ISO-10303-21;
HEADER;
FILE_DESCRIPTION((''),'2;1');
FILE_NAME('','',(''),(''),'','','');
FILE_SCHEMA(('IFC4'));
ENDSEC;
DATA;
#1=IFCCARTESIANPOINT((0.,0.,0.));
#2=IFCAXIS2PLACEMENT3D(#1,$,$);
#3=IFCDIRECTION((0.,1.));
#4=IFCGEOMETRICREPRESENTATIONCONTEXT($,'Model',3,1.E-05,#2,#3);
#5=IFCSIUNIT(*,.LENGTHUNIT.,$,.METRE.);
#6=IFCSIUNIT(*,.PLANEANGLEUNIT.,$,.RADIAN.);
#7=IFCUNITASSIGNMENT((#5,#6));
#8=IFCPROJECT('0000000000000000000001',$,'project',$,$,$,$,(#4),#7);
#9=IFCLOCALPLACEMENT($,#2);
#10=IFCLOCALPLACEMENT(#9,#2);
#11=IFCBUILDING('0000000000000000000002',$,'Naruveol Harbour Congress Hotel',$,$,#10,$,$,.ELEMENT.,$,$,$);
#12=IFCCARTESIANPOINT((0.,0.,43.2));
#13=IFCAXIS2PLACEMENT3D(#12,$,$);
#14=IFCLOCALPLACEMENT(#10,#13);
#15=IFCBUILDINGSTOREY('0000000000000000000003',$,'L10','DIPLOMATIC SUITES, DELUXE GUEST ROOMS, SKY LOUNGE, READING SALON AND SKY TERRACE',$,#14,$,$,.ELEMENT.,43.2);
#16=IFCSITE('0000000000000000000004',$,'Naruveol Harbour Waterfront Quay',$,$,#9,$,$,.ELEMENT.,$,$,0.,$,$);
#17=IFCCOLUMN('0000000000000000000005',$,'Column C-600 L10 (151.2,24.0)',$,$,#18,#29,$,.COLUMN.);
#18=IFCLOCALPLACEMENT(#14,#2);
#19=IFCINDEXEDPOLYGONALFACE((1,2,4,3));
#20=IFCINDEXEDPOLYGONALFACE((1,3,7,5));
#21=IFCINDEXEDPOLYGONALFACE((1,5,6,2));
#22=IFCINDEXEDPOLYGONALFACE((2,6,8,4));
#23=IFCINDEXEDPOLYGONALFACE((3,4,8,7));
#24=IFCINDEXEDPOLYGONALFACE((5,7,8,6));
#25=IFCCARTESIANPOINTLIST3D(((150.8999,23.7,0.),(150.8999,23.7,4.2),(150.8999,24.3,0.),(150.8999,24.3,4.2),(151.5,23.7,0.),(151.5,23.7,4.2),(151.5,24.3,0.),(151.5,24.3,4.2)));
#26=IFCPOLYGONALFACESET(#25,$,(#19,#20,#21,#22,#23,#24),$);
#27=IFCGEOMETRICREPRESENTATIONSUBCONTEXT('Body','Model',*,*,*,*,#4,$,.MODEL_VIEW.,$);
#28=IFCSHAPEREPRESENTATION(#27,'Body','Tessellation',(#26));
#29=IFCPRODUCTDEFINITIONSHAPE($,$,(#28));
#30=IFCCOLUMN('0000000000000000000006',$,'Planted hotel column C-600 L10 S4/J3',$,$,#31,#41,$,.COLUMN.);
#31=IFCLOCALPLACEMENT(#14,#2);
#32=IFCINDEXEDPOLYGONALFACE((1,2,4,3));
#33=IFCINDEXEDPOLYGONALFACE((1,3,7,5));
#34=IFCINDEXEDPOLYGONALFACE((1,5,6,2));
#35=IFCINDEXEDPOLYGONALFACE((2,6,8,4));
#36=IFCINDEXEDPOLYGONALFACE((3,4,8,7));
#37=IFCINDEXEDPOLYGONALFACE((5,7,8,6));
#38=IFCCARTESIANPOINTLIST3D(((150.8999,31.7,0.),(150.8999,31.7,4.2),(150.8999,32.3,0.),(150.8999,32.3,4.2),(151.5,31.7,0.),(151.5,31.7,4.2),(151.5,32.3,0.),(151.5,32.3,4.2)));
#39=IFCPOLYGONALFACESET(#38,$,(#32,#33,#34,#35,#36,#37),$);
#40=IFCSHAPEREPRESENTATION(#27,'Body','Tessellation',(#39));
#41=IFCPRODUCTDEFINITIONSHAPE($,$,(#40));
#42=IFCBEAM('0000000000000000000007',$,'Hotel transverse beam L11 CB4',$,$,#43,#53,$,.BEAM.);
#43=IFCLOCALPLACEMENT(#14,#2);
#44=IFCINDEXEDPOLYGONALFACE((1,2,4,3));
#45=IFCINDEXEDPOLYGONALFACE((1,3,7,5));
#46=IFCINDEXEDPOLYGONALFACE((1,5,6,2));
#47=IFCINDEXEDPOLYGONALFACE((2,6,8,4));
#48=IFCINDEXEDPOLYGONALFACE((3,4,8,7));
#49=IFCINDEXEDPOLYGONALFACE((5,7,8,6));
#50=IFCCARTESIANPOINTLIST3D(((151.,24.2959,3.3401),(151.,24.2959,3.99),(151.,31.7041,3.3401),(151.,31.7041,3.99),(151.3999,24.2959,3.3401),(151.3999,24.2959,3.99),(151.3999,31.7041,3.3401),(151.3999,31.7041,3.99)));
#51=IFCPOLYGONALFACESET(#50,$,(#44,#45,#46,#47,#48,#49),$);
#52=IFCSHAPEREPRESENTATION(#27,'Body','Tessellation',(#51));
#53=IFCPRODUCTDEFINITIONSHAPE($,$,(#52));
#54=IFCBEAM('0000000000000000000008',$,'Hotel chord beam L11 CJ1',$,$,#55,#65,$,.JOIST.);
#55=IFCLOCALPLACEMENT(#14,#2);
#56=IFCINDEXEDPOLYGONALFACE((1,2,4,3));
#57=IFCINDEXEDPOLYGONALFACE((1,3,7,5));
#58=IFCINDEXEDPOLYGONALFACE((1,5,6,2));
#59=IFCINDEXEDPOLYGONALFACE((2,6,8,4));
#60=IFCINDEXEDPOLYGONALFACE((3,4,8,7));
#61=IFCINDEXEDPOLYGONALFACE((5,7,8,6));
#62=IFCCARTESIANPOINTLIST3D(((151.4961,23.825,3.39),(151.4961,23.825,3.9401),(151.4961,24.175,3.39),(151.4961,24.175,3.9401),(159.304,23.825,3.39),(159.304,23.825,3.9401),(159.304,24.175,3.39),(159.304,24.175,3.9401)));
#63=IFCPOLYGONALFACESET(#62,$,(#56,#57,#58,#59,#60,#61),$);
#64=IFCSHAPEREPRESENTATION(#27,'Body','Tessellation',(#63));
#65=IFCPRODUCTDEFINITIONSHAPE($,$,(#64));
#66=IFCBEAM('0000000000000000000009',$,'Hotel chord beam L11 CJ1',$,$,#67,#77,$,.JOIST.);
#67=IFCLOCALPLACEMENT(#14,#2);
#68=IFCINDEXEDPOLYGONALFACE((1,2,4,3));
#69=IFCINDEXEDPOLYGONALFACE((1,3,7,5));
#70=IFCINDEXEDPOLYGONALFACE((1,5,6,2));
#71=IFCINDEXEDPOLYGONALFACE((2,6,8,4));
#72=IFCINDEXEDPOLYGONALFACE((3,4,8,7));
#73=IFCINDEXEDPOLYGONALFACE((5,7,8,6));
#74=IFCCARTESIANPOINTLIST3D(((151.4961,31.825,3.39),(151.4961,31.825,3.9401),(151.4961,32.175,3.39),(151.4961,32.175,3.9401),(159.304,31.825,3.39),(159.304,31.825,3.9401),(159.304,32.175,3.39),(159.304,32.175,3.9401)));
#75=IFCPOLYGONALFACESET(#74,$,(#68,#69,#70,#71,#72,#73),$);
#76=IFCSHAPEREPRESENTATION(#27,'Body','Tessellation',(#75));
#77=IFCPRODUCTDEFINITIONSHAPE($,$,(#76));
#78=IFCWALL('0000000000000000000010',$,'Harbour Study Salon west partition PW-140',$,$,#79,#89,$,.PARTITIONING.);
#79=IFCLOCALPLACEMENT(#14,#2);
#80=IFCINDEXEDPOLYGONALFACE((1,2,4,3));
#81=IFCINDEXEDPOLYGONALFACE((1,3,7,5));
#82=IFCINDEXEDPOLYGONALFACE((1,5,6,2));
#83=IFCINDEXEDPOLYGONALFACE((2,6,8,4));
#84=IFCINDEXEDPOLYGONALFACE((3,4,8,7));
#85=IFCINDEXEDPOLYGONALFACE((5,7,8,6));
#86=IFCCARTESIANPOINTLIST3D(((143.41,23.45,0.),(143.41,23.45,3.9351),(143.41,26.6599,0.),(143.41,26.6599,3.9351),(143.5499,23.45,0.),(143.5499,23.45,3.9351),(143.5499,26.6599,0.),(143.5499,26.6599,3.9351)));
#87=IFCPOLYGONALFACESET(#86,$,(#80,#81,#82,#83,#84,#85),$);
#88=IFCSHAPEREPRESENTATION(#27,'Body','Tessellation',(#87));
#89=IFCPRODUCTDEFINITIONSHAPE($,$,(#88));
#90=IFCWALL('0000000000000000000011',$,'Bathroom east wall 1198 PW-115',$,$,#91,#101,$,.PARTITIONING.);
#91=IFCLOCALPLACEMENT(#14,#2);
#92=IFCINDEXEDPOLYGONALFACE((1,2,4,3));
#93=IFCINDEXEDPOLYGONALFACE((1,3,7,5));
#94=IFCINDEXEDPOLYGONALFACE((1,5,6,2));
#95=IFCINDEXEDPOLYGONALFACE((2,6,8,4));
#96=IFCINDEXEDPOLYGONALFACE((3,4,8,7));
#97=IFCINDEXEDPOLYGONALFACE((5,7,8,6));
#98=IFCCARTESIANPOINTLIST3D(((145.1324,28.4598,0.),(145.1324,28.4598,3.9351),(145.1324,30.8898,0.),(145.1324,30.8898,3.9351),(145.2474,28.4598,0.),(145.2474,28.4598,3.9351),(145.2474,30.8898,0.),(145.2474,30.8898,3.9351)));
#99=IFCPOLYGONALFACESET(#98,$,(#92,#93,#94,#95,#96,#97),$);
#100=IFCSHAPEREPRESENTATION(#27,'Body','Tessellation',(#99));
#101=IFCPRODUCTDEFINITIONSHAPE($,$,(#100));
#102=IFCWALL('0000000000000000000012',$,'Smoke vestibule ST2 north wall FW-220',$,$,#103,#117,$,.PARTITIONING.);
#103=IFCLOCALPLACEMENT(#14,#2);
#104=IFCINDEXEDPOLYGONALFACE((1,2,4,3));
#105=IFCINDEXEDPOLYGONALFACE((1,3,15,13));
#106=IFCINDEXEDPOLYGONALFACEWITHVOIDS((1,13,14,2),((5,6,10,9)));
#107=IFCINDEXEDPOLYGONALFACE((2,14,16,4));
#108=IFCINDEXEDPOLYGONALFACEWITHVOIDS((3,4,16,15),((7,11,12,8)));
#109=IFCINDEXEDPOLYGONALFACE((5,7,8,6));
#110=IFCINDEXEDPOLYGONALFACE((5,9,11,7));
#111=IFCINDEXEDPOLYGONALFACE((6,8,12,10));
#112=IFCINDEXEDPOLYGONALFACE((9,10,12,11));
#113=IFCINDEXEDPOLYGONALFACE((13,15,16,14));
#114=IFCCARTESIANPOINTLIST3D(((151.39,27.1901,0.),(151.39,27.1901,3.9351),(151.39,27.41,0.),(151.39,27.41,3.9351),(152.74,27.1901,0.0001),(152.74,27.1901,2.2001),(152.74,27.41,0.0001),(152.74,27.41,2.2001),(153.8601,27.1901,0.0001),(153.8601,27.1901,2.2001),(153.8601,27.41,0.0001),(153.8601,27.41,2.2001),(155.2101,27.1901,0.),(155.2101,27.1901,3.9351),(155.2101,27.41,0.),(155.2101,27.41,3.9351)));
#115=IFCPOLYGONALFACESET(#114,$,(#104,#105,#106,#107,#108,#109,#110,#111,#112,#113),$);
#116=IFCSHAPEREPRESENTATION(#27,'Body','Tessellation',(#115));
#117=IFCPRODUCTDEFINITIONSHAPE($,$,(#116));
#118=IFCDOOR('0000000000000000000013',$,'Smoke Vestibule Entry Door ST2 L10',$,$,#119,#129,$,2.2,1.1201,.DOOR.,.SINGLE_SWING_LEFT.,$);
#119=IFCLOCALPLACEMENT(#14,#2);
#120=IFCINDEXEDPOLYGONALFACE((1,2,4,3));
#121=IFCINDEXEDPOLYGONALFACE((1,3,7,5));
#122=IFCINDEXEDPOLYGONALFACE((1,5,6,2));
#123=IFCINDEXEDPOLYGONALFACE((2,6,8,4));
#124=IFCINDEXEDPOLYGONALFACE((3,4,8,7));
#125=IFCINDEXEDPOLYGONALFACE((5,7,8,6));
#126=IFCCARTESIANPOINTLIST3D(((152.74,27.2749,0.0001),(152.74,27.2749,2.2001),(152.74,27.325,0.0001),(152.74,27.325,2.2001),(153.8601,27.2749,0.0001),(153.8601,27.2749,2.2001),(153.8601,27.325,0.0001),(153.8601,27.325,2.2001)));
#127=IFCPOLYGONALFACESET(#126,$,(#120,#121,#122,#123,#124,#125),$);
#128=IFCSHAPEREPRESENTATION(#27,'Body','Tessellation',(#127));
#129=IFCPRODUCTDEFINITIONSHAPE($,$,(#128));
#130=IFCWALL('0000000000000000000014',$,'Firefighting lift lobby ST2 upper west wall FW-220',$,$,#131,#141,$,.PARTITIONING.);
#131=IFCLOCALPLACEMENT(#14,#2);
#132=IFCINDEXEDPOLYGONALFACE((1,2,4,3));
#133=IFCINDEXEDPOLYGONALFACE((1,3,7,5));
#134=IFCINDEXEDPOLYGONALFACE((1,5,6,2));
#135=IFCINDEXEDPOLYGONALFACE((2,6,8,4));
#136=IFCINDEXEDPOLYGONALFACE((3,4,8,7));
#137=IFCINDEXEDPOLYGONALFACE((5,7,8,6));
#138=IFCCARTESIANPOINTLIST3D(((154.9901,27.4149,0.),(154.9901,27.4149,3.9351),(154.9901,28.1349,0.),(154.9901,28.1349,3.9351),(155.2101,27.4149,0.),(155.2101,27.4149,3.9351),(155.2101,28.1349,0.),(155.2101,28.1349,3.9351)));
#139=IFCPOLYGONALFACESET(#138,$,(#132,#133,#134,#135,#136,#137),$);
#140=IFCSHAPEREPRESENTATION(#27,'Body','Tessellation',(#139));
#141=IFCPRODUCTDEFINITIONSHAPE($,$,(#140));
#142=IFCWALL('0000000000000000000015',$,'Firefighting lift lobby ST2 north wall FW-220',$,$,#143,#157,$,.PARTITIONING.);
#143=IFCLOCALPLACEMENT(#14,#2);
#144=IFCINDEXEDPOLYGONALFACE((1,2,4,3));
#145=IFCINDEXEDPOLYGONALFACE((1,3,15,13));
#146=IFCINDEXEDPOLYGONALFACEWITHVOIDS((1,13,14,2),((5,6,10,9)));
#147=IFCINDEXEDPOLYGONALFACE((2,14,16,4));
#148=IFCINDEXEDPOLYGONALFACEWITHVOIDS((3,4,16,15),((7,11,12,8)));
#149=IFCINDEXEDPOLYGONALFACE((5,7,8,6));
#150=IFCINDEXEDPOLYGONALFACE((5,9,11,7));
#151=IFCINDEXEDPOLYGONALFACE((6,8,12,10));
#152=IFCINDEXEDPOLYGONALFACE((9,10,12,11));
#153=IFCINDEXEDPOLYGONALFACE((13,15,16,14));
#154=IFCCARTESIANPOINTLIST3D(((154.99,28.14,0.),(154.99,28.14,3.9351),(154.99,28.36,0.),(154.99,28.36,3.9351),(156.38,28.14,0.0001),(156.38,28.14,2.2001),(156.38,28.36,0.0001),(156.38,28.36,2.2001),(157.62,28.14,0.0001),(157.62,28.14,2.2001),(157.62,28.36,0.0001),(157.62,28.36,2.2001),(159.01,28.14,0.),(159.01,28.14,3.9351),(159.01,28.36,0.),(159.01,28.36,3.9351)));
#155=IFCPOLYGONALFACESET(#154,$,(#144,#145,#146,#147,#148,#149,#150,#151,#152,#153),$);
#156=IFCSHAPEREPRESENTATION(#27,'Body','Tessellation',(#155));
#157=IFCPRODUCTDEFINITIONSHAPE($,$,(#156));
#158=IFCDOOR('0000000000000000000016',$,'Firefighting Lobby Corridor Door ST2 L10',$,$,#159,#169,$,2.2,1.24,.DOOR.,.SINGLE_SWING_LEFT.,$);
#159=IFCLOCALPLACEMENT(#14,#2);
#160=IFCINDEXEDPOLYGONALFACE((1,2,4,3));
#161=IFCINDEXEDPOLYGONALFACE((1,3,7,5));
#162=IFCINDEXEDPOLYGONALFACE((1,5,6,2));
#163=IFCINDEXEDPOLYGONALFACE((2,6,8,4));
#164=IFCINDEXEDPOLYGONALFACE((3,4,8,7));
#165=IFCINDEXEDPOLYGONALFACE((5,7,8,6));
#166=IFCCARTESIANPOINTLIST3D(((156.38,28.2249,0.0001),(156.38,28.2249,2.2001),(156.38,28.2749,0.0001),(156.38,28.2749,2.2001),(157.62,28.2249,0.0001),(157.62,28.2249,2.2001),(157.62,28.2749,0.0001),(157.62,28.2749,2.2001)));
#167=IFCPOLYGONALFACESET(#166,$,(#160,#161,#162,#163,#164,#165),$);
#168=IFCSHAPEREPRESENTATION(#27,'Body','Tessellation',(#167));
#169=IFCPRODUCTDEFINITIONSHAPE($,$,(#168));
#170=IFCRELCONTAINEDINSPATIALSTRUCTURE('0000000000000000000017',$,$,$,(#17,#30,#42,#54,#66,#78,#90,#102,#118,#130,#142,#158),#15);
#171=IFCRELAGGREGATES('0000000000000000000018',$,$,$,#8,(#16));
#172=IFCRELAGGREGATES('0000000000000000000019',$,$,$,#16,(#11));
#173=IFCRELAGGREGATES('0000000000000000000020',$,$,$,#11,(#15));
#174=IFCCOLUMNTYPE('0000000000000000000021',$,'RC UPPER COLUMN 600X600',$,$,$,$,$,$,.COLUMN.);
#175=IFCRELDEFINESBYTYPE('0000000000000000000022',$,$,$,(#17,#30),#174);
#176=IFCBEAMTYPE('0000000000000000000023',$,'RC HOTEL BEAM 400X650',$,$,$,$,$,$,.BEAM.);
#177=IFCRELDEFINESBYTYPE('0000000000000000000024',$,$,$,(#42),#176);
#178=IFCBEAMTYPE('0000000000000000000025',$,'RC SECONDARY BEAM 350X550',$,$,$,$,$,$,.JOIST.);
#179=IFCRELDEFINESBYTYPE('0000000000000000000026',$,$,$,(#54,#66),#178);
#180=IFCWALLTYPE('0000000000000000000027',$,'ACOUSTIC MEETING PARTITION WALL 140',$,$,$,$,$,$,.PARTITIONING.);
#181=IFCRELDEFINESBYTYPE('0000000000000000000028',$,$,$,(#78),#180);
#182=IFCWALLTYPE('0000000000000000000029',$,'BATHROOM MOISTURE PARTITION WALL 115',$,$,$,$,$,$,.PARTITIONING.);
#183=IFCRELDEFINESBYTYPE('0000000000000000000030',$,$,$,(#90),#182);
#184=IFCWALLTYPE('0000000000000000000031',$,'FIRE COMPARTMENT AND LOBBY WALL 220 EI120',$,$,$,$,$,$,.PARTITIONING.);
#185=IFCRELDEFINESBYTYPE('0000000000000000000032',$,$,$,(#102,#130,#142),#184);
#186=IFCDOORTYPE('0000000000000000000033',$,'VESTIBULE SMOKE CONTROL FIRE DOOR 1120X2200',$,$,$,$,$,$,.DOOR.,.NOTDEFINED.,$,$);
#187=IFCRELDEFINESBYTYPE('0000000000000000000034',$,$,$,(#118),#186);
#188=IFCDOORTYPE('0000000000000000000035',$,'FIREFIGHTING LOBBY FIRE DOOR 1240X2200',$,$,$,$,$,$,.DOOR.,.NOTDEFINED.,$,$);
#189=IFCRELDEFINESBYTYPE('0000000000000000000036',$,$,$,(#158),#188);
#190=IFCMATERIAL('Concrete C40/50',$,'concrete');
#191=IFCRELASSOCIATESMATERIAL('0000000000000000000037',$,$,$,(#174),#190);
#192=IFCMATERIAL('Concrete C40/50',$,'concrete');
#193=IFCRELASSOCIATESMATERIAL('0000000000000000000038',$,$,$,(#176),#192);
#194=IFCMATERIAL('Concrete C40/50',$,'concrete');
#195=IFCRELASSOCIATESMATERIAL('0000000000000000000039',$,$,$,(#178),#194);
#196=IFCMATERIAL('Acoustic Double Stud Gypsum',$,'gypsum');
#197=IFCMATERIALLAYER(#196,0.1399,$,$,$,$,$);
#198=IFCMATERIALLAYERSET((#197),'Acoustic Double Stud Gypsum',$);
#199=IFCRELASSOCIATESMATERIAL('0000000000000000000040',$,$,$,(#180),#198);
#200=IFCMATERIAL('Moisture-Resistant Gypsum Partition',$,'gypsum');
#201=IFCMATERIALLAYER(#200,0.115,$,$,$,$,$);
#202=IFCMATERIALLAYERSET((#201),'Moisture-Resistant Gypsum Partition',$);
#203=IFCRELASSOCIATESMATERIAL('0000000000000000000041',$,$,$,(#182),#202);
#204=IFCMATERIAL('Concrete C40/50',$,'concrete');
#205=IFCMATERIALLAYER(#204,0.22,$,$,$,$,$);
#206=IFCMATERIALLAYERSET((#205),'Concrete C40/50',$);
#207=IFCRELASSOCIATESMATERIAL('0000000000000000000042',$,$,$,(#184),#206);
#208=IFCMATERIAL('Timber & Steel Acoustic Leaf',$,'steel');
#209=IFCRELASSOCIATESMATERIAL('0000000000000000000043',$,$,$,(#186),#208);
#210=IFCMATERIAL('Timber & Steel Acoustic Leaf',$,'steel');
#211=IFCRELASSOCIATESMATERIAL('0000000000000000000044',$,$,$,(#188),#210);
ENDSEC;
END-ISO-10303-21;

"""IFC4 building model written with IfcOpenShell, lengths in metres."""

from ifc_helpers import new_model, si_unit, direction, frame, frame_2d, origin, origin_2d, place, context, subcontext, project, spatial, rectangle, extrude, material, layer, layer_set, material_profile, profile_set, type_object, element, fill, save


model = new_model("IFC4")

# Units and contexts
model_context = context("Model", 3, precision=1e-05, world=origin(), true_north=direction((0.0, 1.0)))
body_context = subcontext(model_context, "Body", "Model", "MODEL_VIEW")
ifc_project = project(units=[si_unit("LENGTHUNIT", "METRE"), si_unit("PLANEANGLEUNIT", "RADIAN")], contexts=[model_context])

# Site, building, storey
site_placement = place(None, origin())
site = spatial("IfcSite", under=ifc_project, at=site_placement, Name="Naruveol Harbour Waterfront Quay", CompositionType="ELEMENT", RefElevation=0.0)
building_placement = place(site_placement, origin())
building = spatial("IfcBuilding", under=site, at=building_placement, Name="Naruveol Harbour Congress Hotel", CompositionType="ELEMENT")
storey_placement = place(building_placement, frame((0.0, 0.0, 43.2)))
storey = spatial("IfcBuildingStorey", under=building, at=storey_placement, Name="L10", Description="DIPLOMATIC SUITES, DELUXE GUEST ROOMS, SKY LOUNGE, READING SALON AND SKY TERRACE", CompositionType="ELEMENT", Elevation=43.2)

# Columns
ifc_material_1 = material(Name="Concrete C40/50", Category="concrete")
ifc_material_profile_1 = material_profile(ifc_material_1, rectangle(XDim=0.6001, YDim=0.6001, at=origin_2d()), Name="RC-600x600")
ifc_profile_set_1 = profile_set([ifc_material_profile_1], Name="Concrete C40/50")
column_type = type_object("IfcColumnType", Name="RC UPPER COLUMN 600X600", PredefinedType="COLUMN", material=ifc_profile_set_1)
for number, where, z_axis, x_axis, name in (
    (1, (151.2, 24.0, 0.0), (0.0, 0.0, 1.0), (1.0, 0.0, 0.0), "Column C-600 L10 (151.2,24.0)"),
    (2, (151.2, 32.0, 0.0), (0.0, 0.0, 1.0), (1.0, 0.0, 0.0), "Planted hotel column C-600 L10 S4/J3"),
):
    element("IfcColumn", number, at=place(storey_placement, frame(where, z_axis=z_axis, x_axis=x_axis)), inside=storey, type_object=column_type, Name=name, PredefinedType="COLUMN", context=body_context, shape_type="SweptSolid", body=[
        extrude(rectangle(XDim=0.6001, YDim=0.6001, at=origin_2d()), origin(), (0.0, 0.0, 1.0), 4.2),
    ])

# Beams
ifc_material_2 = material(Name="Concrete C40/50", Category="concrete")
ifc_material_profile_2 = material_profile(ifc_material_2, rectangle(XDim=0.3999, YDim=0.6499, at=origin_2d()), Name="RCB-400x650")
ifc_profile_set_2 = profile_set([ifc_material_profile_2], Name="Concrete C40/50")
beam_type_1 = type_object("IfcBeamType", Name="RC HOTEL BEAM 400X650", PredefinedType="BEAM", material=ifc_profile_set_2)
beam_placement = place(storey_placement, frame((151.2, 24.2959, 3.665), z_axis=(0.0, 1.0, 0.0), x_axis=(-1.0, 0.0, 0.0)))
element("IfcBeam", 3, at=beam_placement, inside=storey, type_object=beam_type_1, Name="Hotel transverse beam L11 CB4", PredefinedType="BEAM", context=body_context, shape_type="SweptSolid", body=[
    extrude(rectangle(XDim=0.3999, YDim=0.6499, at=origin_2d()), origin(), (0.0, 0.0, 1.0), 7.4082),
])
ifc_material_3 = material(Name="Concrete C40/50", Category="concrete")
ifc_material_profile_3 = material_profile(ifc_material_3, rectangle(XDim=0.3501, YDim=0.55, at=origin_2d()), Name="RCB-350x550")
ifc_profile_set_3 = profile_set([ifc_material_profile_3], Name="Concrete C40/50")
beam_type_2 = type_object("IfcBeamType", Name="RC SECONDARY BEAM 350X550", PredefinedType="JOIST", material=ifc_profile_set_3)
for number, where, z_axis, x_axis, name in (
    (4, (151.4961, 24.0, 3.665), (1.0, 0.0, 0.0), (0.0, 1.0, 0.0), "Hotel chord beam L11 CJ1"),
    (5, (151.4961, 32.0, 3.665), (1.0, 0.0, 0.0), (0.0, 1.0, 0.0), "Hotel chord beam L11 CJ1"),
):
    element("IfcBeam", number, at=place(storey_placement, frame(where, z_axis=z_axis, x_axis=x_axis)), inside=storey, type_object=beam_type_2, Name=name, PredefinedType="JOIST", context=body_context, shape_type="SweptSolid", body=[
        extrude(rectangle(XDim=0.3501, YDim=0.55, at=origin_2d()), origin(), (0.0, 0.0, 1.0), 7.8079),
    ])

# Shared definitions
ifc_material_4 = material(Name="Acoustic Double Stud Gypsum", Category="gypsum")
ifc_layer_1 = layer(ifc_material_4, 0.1399)
ifc_layer_set_1 = layer_set([ifc_layer_1], Name="Acoustic Double Stud Gypsum")
wall_type_1 = type_object("IfcWallType", Name="ACOUSTIC MEETING PARTITION WALL 140", PredefinedType="PARTITIONING", material=ifc_layer_set_1)

# Walls
wall_1_placement = place(storey_placement, frame((143.48, 23.45, 0.0), z_axis=(0.0, 0.0, 1.0), x_axis=(0.0, 1.0, 0.0)))
element("IfcWall", 6, at=wall_1_placement, inside=storey, type_object=wall_type_1, Name="Harbour Study Salon west partition PW-140", PredefinedType="PARTITIONING", context=body_context, shape_type="SweptSolid", body=[
    extrude(rectangle(XDim=3.21, YDim=0.1399, at=frame_2d((1.605, 0.0))), origin(), (0.0, 0.0, 1.0), 3.9351),
])
ifc_material_5 = material(Name="Moisture-Resistant Gypsum Partition", Category="gypsum")
ifc_layer_2 = layer(ifc_material_5, 0.115)
ifc_layer_set_2 = layer_set([ifc_layer_2], Name="Moisture-Resistant Gypsum Partition")
wall_type_2 = type_object("IfcWallType", Name="BATHROOM MOISTURE PARTITION WALL 115", PredefinedType="PARTITIONING", material=ifc_layer_set_2)
wall_2_placement = place(storey_placement, frame((145.1899, 28.46, 0.0), z_axis=(0.0, 0.0, 1.0), x_axis=(0.0, 1.0, 0.0)))
element("IfcWall", 7, at=wall_2_placement, inside=storey, type_object=wall_type_2, Name="Bathroom east wall 1198 PW-115", PredefinedType="PARTITIONING", context=body_context, shape_type="SweptSolid", body=[
    extrude(rectangle(XDim=2.4299, YDim=0.115, at=frame_2d((1.2148, 0.0))), origin(), (0.0, 0.0, 1.0), 3.9351),
])

# Wall, opening, door
ifc_material_6 = material(Name="Concrete C40/50", Category="concrete")
ifc_layer_3 = layer(ifc_material_6, 0.22)
ifc_layer_set_3 = layer_set([ifc_layer_3], Name="Concrete C40/50")
wall_type_3 = type_object("IfcWallType", Name="FIRE COMPARTMENT AND LOBBY WALL 220 EI120", PredefinedType="PARTITIONING", material=ifc_layer_set_3)
wall_3_placement = place(storey_placement, frame((151.3899, 27.3, 0.0), z_axis=(0.0, 0.0, 1.0), x_axis=(1.0, 0.0, 0.0)))
wall_3 = element("IfcWall", 8, at=wall_3_placement, inside=storey, type_object=wall_type_3, Name="Smoke vestibule ST2 north wall FW-220", PredefinedType="PARTITIONING", context=body_context, shape_type="SweptSolid", body=[
    extrude(rectangle(XDim=3.8201, YDim=0.22, at=frame_2d((1.9102, 0.0))), origin(), (0.0, 0.0, 1.0), 3.9351),
])
opening_1_placement = place(wall_3_placement, frame((1.3501, 0.0, 0.0)))
opening_1 = element("IfcOpeningElement", 9, at=opening_1_placement, cuts=wall_3, PredefinedType="OPENING", context=body_context, shape_type="SweptSolid", body=[
    extrude(rectangle(XDim=1.1201, YDim=2.2, at=frame_2d((0.5601, 1.1001))), frame((0.0, 0.1199, 0.0), z_axis=(0.0, -1.0, 0.0), x_axis=(1.0, 0.0, 0.0)), (0.0, 0.0, 1.0), 0.24),
])
ifc_material_7 = material(Name="Timber & Steel Acoustic Leaf", Category="steel")
door_type_1 = type_object("IfcDoorType", Name="VESTIBULE SMOKE CONTROL FIRE DOOR 1120X2200", OperationType="NOTDEFINED", PredefinedType="DOOR", material=ifc_material_7)
door_1_placement = place(opening_1_placement, origin())
door_1 = element("IfcDoor", 10, at=door_1_placement, inside=storey, type_object=door_type_1, Name="Smoke Vestibule Entry Door ST2 L10", OperationType="SINGLE_SWING_LEFT", OverallHeight=2.2, OverallWidth=1.1201, PredefinedType="DOOR", context=body_context, shape_type="SweptSolid", body=[
    extrude(rectangle(XDim=1.1201, YDim=2.2, at=frame_2d((0.5601, 1.1001))), frame((0.0, 0.0249, 0.0), z_axis=(0.0, -1.0, 0.0), x_axis=(1.0, 0.0, 0.0)), (0.0, 0.0, 1.0), 0.05),
])
fill(opening_1, door_1)

# Wall
wall_4_placement = place(storey_placement, frame((155.1001, 27.415, 0.0), z_axis=(0.0, 0.0, 1.0), x_axis=(0.0, 1.0, 0.0)))
element("IfcWall", 11, at=wall_4_placement, inside=storey, type_object=wall_type_3, Name="Firefighting lift lobby ST2 upper west wall FW-220", PredefinedType="PARTITIONING", context=body_context, shape_type="SweptSolid", body=[
    extrude(rectangle(XDim=0.72, YDim=0.22, at=frame_2d((0.3599, 0.0))), origin(), (0.0, 0.0, 1.0), 3.9351),
])

# Wall, opening, door
wall_5_placement = place(storey_placement, frame((154.99, 28.25, 0.0), z_axis=(0.0, 0.0, 1.0), x_axis=(1.0, 0.0, 0.0)))
wall_5 = element("IfcWall", 12, at=wall_5_placement, inside=storey, type_object=wall_type_3, Name="Firefighting lift lobby ST2 north wall FW-220", PredefinedType="PARTITIONING", context=body_context, shape_type="SweptSolid", body=[
    extrude(rectangle(XDim=4.02, YDim=0.22, at=frame_2d((2.01, 0.0))), origin(), (0.0, 0.0, 1.0), 3.9351),
])
opening_2_placement = place(wall_5_placement, frame((1.3899, 0.0, 0.0)))
opening_2 = element("IfcOpeningElement", 13, at=opening_2_placement, cuts=wall_5, PredefinedType="OPENING", context=body_context, shape_type="SweptSolid", body=[
    extrude(rectangle(XDim=1.24, YDim=2.2, at=frame_2d((0.6201, 1.1001))), frame((0.0, 0.1199, 0.0), z_axis=(0.0, -1.0, 0.0), x_axis=(1.0, 0.0, 0.0)), (0.0, 0.0, 1.0), 0.24),
])
ifc_material_8 = material(Name="Timber & Steel Acoustic Leaf", Category="steel")
door_type_2 = type_object("IfcDoorType", Name="FIREFIGHTING LOBBY FIRE DOOR 1240X2200", OperationType="NOTDEFINED", PredefinedType="DOOR", material=ifc_material_8)
door_2_placement = place(opening_2_placement, origin())
door_2 = element("IfcDoor", 14, at=door_2_placement, inside=storey, type_object=door_type_2, Name="Firefighting Lobby Corridor Door ST2 L10", OperationType="SINGLE_SWING_LEFT", OverallHeight=2.2, OverallWidth=1.24, PredefinedType="DOOR", context=body_context, shape_type="SweptSolid", body=[
    extrude(rectangle(XDim=1.24, YDim=2.2, at=frame_2d((0.6201, 1.1001))), frame((0.0, 0.0249, 0.0), z_axis=(0.0, -1.0, 0.0), x_axis=(1.0, 0.0, 0.0)), (0.0, 0.0, 1.0), 0.05),
])
fill(opening_2, door_2)

save(model, "model.ifc")
